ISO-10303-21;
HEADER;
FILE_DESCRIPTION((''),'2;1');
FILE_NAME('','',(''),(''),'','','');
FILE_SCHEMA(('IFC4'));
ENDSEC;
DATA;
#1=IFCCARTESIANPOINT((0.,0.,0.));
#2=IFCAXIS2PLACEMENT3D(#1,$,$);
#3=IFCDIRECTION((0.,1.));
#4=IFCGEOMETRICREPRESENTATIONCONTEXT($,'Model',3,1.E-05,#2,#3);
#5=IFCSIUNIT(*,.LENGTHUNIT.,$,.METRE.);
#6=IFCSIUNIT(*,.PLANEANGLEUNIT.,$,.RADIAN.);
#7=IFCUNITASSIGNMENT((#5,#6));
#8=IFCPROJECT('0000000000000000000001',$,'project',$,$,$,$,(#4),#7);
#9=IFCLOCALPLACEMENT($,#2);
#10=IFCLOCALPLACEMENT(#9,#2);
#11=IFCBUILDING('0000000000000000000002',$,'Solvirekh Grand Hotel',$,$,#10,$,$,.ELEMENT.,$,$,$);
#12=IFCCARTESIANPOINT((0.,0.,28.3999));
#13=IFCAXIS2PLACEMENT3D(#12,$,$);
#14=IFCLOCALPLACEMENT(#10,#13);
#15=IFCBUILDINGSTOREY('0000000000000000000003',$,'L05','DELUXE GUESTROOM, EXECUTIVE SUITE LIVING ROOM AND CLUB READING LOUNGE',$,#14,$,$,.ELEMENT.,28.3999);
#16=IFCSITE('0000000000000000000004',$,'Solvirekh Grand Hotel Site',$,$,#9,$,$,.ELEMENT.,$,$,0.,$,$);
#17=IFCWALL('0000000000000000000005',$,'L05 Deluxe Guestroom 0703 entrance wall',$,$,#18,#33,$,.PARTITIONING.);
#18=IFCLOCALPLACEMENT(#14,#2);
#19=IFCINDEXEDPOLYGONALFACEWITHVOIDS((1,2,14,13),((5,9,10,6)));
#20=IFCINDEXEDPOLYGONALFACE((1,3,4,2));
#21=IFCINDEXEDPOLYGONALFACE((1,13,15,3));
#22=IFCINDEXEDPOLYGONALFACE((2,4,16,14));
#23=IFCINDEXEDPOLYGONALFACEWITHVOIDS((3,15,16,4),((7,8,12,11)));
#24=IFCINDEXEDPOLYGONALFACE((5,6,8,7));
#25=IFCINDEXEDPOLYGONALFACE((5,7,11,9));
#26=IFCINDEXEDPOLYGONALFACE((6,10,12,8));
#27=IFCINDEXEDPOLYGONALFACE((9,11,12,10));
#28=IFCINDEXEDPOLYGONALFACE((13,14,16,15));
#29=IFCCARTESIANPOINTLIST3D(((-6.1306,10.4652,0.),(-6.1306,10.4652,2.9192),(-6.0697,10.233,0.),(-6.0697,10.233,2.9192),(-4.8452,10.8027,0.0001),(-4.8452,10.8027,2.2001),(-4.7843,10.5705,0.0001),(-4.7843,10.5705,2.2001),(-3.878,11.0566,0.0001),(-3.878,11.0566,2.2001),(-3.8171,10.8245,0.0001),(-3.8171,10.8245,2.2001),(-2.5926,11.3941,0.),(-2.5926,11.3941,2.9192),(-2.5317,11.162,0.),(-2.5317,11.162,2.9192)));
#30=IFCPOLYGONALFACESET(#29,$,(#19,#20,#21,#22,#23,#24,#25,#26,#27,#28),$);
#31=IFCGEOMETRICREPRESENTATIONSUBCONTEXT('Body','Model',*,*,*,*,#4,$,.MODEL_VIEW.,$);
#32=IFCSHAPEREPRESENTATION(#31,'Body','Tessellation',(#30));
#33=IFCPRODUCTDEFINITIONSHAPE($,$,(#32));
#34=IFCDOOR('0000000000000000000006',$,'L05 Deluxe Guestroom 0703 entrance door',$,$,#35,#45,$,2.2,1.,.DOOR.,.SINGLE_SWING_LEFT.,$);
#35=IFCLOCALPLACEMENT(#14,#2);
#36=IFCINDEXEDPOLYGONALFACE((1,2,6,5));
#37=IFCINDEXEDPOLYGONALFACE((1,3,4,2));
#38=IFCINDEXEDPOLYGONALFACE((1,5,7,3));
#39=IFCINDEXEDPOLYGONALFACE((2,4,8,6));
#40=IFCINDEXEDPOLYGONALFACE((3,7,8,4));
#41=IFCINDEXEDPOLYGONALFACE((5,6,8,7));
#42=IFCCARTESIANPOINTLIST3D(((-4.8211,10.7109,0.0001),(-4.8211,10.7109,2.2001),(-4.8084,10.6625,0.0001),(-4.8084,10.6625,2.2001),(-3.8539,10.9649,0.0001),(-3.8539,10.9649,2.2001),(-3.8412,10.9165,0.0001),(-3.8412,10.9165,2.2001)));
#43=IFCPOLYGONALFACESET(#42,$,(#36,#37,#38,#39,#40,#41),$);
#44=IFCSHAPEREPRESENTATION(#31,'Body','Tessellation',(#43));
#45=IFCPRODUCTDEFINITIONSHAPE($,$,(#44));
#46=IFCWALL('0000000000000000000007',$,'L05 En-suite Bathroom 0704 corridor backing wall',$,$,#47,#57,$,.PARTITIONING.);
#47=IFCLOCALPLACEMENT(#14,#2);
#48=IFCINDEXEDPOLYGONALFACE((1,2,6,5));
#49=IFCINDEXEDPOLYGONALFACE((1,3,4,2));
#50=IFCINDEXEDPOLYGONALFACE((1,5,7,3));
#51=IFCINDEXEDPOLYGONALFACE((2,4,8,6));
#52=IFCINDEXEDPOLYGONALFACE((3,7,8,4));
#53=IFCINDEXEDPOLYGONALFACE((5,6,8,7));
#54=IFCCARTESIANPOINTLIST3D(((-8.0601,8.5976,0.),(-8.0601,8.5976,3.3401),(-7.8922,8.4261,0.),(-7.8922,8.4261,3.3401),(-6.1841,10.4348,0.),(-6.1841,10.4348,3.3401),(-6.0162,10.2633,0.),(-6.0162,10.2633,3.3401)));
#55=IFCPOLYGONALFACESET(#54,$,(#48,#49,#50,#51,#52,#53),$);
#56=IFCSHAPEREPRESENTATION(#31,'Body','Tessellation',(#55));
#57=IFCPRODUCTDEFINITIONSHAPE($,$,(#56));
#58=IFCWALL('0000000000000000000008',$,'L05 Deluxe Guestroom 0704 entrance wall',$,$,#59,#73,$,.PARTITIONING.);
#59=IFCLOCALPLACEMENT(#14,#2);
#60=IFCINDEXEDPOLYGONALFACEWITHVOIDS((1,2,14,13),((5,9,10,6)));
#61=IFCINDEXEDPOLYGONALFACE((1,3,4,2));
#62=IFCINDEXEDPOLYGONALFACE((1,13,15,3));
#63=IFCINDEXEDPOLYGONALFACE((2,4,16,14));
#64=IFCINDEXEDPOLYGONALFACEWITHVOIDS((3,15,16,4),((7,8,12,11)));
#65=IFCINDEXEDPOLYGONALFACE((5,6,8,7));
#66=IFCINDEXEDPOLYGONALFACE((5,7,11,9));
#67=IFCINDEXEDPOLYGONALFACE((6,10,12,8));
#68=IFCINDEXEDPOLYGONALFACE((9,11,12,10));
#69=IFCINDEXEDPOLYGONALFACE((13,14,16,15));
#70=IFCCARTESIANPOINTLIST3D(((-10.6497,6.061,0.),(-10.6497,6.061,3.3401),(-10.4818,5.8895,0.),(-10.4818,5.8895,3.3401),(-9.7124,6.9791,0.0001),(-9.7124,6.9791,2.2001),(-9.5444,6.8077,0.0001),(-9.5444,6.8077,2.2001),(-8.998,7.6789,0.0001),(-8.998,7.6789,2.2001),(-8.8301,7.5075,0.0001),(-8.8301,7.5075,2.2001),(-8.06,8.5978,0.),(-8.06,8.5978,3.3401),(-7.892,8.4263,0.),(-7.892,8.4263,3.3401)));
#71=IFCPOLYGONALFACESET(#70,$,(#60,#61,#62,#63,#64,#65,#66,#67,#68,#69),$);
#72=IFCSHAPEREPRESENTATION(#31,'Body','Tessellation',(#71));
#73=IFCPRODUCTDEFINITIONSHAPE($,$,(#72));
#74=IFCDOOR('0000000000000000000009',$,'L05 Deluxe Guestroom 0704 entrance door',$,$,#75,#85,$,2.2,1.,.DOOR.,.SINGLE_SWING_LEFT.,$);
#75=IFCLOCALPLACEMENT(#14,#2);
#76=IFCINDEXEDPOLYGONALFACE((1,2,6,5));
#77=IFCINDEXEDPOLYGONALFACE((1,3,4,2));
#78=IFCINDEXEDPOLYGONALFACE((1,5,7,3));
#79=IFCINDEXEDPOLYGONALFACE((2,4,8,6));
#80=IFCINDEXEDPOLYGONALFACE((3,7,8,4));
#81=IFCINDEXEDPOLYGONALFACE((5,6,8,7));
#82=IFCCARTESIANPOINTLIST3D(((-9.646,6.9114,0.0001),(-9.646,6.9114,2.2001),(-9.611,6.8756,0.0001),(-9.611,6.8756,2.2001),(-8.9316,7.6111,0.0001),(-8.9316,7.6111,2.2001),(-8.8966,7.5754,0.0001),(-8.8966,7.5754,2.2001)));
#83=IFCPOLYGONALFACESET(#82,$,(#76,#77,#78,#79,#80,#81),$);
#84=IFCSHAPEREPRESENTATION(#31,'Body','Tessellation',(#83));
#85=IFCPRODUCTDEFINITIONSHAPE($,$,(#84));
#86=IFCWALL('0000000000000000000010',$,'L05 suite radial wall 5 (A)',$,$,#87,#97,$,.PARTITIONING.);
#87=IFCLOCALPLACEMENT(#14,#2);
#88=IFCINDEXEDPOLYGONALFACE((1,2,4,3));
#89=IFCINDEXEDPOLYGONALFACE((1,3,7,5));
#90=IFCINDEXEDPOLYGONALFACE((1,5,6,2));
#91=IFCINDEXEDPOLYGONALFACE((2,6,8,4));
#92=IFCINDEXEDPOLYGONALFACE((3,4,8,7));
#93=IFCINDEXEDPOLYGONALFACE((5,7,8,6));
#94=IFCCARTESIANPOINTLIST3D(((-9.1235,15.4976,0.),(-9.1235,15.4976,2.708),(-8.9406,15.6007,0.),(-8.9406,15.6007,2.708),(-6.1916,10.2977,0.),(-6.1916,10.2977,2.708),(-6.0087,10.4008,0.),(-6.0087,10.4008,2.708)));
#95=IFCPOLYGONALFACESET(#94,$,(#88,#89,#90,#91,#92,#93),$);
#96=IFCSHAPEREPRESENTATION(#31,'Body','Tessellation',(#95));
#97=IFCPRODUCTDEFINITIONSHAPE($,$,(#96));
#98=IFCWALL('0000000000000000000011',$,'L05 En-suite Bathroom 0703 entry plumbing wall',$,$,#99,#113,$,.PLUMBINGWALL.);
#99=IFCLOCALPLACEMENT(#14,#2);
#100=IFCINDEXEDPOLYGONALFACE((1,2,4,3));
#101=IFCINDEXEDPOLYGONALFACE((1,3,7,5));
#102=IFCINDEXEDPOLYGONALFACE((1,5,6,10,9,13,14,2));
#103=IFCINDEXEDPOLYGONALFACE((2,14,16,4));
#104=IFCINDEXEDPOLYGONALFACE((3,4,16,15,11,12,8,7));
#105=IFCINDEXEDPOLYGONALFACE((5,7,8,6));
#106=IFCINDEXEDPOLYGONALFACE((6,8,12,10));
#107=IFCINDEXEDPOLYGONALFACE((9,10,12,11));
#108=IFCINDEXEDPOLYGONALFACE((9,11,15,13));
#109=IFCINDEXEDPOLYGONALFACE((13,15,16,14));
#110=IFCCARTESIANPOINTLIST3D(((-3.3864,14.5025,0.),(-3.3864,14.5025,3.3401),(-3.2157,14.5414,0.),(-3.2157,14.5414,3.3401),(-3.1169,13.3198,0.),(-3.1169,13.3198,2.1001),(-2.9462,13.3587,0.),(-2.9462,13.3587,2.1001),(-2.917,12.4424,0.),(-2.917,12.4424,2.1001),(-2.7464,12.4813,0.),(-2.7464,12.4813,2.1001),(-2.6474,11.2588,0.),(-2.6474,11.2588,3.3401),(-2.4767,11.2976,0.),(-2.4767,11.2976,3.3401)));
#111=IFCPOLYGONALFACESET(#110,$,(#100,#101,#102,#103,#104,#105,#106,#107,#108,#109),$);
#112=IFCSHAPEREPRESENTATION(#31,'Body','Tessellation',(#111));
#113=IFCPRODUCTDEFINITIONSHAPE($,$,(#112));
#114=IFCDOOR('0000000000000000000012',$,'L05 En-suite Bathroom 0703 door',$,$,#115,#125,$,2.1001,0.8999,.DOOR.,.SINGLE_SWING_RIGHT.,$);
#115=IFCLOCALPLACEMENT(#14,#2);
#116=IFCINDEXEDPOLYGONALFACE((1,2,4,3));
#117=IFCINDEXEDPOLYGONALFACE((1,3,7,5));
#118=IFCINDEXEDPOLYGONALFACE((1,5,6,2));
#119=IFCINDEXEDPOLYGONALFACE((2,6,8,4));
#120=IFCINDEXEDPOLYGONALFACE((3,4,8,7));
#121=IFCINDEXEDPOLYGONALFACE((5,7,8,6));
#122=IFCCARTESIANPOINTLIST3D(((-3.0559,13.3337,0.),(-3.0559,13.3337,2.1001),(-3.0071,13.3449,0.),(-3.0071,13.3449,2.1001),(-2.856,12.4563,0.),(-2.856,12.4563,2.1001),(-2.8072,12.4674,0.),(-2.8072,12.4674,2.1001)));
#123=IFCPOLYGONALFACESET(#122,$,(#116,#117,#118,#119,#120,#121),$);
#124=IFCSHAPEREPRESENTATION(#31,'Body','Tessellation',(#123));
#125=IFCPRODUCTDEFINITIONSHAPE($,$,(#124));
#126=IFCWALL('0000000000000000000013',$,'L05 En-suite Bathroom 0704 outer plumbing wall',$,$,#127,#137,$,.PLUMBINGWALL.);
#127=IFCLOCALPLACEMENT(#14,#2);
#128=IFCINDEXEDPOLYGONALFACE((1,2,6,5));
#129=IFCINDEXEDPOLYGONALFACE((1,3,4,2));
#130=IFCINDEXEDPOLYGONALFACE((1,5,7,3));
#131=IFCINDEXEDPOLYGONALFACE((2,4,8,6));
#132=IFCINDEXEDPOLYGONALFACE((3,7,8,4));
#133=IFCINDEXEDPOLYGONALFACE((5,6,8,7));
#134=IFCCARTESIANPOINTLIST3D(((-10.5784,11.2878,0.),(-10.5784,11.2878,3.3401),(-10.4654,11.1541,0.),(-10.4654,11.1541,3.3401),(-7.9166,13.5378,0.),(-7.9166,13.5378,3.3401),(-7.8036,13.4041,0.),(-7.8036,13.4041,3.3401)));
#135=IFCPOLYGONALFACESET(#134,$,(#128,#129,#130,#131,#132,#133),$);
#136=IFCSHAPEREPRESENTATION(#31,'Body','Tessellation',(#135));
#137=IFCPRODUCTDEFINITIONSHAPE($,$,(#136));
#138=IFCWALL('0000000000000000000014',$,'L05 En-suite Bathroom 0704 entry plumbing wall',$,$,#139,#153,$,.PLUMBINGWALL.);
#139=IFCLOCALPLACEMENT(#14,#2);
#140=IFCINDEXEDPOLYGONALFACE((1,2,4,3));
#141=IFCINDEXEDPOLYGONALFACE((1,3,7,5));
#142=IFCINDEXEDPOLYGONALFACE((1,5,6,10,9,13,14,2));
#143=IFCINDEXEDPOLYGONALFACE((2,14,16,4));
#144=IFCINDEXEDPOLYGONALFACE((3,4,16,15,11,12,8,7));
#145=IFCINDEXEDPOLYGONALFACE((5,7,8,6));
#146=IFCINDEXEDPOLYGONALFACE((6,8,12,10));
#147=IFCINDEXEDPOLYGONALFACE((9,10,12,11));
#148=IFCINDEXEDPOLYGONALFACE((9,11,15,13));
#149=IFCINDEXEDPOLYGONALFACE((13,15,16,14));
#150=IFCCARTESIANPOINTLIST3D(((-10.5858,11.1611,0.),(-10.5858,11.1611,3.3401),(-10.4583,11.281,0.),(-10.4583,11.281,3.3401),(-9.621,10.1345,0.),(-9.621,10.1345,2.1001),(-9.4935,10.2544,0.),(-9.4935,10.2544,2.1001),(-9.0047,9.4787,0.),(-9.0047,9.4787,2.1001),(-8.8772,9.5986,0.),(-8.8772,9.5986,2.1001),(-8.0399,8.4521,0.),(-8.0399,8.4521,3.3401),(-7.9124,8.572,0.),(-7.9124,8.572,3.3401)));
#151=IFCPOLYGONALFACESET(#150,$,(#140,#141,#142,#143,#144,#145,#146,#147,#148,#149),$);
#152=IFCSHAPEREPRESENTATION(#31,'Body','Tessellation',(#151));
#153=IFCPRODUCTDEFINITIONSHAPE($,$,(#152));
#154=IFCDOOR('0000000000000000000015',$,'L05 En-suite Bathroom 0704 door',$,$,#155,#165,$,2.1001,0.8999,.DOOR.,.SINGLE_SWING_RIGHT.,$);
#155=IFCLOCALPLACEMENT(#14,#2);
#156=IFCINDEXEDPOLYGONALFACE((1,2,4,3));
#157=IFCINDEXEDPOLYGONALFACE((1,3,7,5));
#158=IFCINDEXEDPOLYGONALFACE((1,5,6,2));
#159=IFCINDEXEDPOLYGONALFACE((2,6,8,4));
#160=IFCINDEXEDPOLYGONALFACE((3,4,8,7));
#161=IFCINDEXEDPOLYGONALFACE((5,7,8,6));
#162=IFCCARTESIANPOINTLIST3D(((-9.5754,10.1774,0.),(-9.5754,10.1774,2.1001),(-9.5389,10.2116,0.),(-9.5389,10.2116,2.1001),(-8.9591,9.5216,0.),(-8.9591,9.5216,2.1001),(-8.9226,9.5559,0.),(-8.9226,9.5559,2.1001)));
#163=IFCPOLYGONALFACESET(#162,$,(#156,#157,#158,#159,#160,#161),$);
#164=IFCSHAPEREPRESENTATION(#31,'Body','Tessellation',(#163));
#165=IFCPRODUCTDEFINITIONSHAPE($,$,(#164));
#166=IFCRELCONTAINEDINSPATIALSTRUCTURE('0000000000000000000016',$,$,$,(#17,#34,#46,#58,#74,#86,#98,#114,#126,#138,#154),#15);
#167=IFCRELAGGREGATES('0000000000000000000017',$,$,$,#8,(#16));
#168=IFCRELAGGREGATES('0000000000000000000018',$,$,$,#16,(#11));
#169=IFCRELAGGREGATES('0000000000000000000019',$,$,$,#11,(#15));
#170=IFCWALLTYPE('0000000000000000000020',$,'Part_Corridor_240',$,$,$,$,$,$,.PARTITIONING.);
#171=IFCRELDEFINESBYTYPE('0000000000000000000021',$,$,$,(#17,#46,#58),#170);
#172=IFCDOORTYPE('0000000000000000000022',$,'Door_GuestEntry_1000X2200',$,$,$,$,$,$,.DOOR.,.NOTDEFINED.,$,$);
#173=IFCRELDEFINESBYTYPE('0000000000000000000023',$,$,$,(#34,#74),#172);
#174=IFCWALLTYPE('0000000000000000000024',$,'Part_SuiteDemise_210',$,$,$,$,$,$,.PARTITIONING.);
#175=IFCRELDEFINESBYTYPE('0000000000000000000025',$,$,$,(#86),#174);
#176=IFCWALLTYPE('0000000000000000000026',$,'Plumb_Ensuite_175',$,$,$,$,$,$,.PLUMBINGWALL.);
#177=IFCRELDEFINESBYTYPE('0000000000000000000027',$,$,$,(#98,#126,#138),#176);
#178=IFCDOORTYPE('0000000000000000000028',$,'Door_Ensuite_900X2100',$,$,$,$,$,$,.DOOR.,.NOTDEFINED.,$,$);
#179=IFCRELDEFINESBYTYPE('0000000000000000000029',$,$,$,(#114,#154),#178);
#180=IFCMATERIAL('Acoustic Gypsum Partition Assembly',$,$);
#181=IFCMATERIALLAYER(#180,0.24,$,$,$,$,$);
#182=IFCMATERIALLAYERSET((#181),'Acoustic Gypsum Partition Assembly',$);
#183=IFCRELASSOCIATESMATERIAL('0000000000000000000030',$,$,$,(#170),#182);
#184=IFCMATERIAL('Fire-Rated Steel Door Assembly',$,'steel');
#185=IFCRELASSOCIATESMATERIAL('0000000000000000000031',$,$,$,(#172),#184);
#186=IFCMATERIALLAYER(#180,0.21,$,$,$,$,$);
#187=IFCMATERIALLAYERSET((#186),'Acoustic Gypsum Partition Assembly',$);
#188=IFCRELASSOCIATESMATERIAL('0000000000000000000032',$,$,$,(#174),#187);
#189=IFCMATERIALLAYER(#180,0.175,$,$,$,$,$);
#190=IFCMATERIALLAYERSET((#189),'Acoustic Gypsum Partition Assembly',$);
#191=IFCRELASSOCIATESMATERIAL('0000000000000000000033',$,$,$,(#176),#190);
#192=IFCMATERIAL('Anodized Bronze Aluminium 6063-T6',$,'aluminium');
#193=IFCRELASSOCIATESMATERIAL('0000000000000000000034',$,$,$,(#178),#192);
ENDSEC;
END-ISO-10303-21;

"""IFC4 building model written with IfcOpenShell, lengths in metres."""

from ifc_helpers import new_model, si_unit, direction, frame, frame_2d, origin, place, context, subcontext, project, spatial, rectangle, extrude, material, layer, layer_set, type_object, element, fill, save


model = new_model("IFC4")

# Units and contexts
model_context = context("Model", 3, precision=1e-05, world=origin(), true_north=direction((0.0, 1.0)))
body_context = subcontext(model_context, "Body", "Model", "MODEL_VIEW")
ifc_project = project(units=[si_unit("LENGTHUNIT", "METRE"), si_unit("PLANEANGLEUNIT", "RADIAN")], contexts=[model_context])

# Site, building, storey
site_placement = place(None, origin())
site = spatial("IfcSite", under=ifc_project, at=site_placement, Name="Solvirekh Grand Hotel Site", CompositionType="ELEMENT", RefElevation=0.0)
building_placement = place(site_placement, origin())
building = spatial("IfcBuilding", under=site, at=building_placement, Name="Solvirekh Grand Hotel", CompositionType="ELEMENT")
storey_placement = place(building_placement, frame((0.0, 0.0, 28.3999)))
storey = spatial("IfcBuildingStorey", under=building, at=storey_placement, Name="L05", Description="DELUXE GUESTROOM, EXECUTIVE SUITE LIVING ROOM AND CLUB READING LOUNGE", CompositionType="ELEMENT", Elevation=28.3999)

# Wall, opening, door
ifc_material_1 = material(Name="Acoustic Gypsum Partition Assembly")
ifc_layer_1 = layer(ifc_material_1, 0.24)
ifc_layer_set_1 = layer_set([ifc_layer_1], Name="Acoustic Gypsum Partition Assembly")
wall_type_1 = type_object("IfcWallType", Name="Part_Corridor_240", PredefinedType="PARTITIONING", material=ifc_layer_set_1)
wall_1_placement = place(storey_placement, frame((-2.562, 11.2781, 0.0), z_axis=(0.0, 0.0, 1.0), x_axis=(-0.967217, -0.253951, 0.0)))
wall_1 = element("IfcWall", 1, at=wall_1_placement, inside=storey, type_object=wall_type_1, Name="L05 Deluxe Guestroom 0703 entrance wall", PredefinedType="PARTITIONING", context=body_context, shape_type="SweptSolid", body=[
    extrude(rectangle(XDim=3.658, YDim=0.24, at=frame_2d((1.8291, 0.0))), origin(), (0.0, 0.0, 1.0), 2.9192),
])
opening_1_placement = place(wall_1_placement, frame((1.3291, 0.0, 0.0)))
opening_1 = element("IfcOpeningElement", 2, at=opening_1_placement, cuts=wall_1, PredefinedType="OPENING", context=body_context, shape_type="SweptSolid", body=[
    extrude(rectangle(XDim=1.0, YDim=2.2, at=frame_2d((0.5, 1.1001))), frame((0.0, 0.1299, 0.0), z_axis=(0.0, -1.0, 0.0), x_axis=(1.0, 0.0, 0.0)), (0.0, 0.0, 1.0), 0.26),
])
ifc_material_2 = material(Name="Fire-Rated Steel Door Assembly", Category="steel")
door_type_1 = type_object("IfcDoorType", Name="Door_GuestEntry_1000X2200", OperationType="NOTDEFINED", PredefinedType="DOOR", material=ifc_material_2)
door_1_placement = place(opening_1_placement, origin())
door_1 = element("IfcDoor", 3, at=door_1_placement, inside=storey, type_object=door_type_1, Name="L05 Deluxe Guestroom 0703 entrance door", OperationType="SINGLE_SWING_LEFT", OverallHeight=2.2, OverallWidth=1.0, PredefinedType="DOOR", context=body_context, shape_type="SweptSolid", body=[
    extrude(rectangle(XDim=1.0, YDim=2.2, at=frame_2d((0.5, 1.1001))), frame((0.0, 0.0249, 0.0), z_axis=(0.0, -1.0, 0.0), x_axis=(1.0, 0.0, 0.0)), (0.0, 0.0, 1.0), 0.05),
])
fill(opening_1, door_1)

# Wall
wall_2_placement = place(storey_placement, frame((-6.1001, 10.3491, 0.0), z_axis=(0.0, 0.0, 1.0), x_axis=(-0.71446, -0.699676, 0.0)))
element("IfcWall", 4, at=wall_2_placement, inside=storey, type_object=wall_type_1, Name="L05 En-suite Bathroom 0704 corridor backing wall", PredefinedType="PARTITIONING", context=body_context, shape_type="SweptSolid", body=[
    extrude(rectangle(XDim=2.6257, YDim=0.24, at=frame_2d((1.313, 0.0))), origin(), (0.0, 0.0, 1.0), 3.3401),
])

# Wall, opening, door
wall_3_placement = place(storey_placement, frame((-7.9761, 8.512, 0.0), z_axis=(0.0, 0.0, 1.0), x_axis=(-0.714376, -0.699762, 0.0)))
wall_3 = element("IfcWall", 5, at=wall_3_placement, inside=storey, type_object=wall_type_1, Name="L05 Deluxe Guestroom 0704 entrance wall", PredefinedType="PARTITIONING", context=body_context, shape_type="SweptSolid", body=[
    extrude(rectangle(XDim=3.6252, YDim=0.24, at=frame_2d((1.8125, 0.0))), origin(), (0.0, 0.0, 1.0), 3.3401),
])
opening_2_placement = place(wall_3_placement, frame((1.313, 0.0, 0.0)))
opening_2 = element("IfcOpeningElement", 6, at=opening_2_placement, cuts=wall_3, PredefinedType="OPENING", context=body_context, shape_type="SweptSolid", body=[
    extrude(rectangle(XDim=1.0, YDim=2.2, at=frame_2d((0.5, 1.1001))), frame((0.0, 0.1299, 0.0), z_axis=(0.0, -1.0, 0.0), x_axis=(1.0, 0.0, 0.0)), (0.0, 0.0, 1.0), 0.26),
])
door_2_placement = place(opening_2_placement, origin())
door_2 = element("IfcDoor", 7, at=door_2_placement, inside=storey, type_object=door_type_1, Name="L05 Deluxe Guestroom 0704 entrance door", OperationType="SINGLE_SWING_LEFT", OverallHeight=2.2, OverallWidth=1.0, PredefinedType="DOOR", context=body_context, shape_type="SweptSolid", body=[
    extrude(rectangle(XDim=1.0, YDim=2.2, at=frame_2d((0.5, 1.1001))), frame((0.0, 0.0249, 0.0), z_axis=(0.0, -1.0, 0.0), x_axis=(1.0, 0.0, 0.0)), (0.0, 0.0, 1.0), 0.05),
])
fill(opening_2, door_2)

# Wall
ifc_layer_2 = layer(ifc_material_1, 0.21)
ifc_layer_set_2 = layer_set([ifc_layer_2], Name="Acoustic Gypsum Partition Assembly")
wall_type_2 = type_object("IfcWallType", Name="Part_SuiteDemise_210", PredefinedType="PARTITIONING", material=ifc_layer_set_2)
wall_4_placement = place(storey_placement, frame((-6.1001, 10.3491, 0.0), z_axis=(0.0, 0.0, 1.0), x_axis=(-0.491141, 0.87108, 0.0)))
element("IfcWall", 8, at=wall_4_placement, inside=storey, type_object=wall_type_2, Name="L05 suite radial wall 5 (A)", PredefinedType="PARTITIONING", context=body_context, shape_type="SweptSolid", body=[
    extrude(rectangle(XDim=5.9695, YDim=0.21, at=frame_2d((2.9849, 0.0))), origin(), (0.0, 0.0, 1.0), 2.708),
])

# Wall, opening, door
ifc_layer_3 = layer(ifc_material_1, 0.175)
ifc_layer_set_3 = layer_set([ifc_layer_3], Name="Acoustic Gypsum Partition Assembly")
wall_type_3 = type_object("IfcWallType", Name="Plumb_Ensuite_175", PredefinedType="PLUMBINGWALL", material=ifc_layer_set_3)
wall_5_placement = place(storey_placement, frame((-2.562, 11.2781, 0.0), z_axis=(0.0, 0.0, 1.0), x_axis=(-0.222125, 0.975018, 0.0)))
wall_5 = element("IfcWall", 9, at=wall_5_placement, inside=storey, type_object=wall_type_3, Name="L05 En-suite Bathroom 0703 entry plumbing wall", PredefinedType="PLUMBINGWALL", context=body_context, shape_type="SweptSolid", body=[
    extrude(rectangle(XDim=3.3269, YDim=0.175, at=frame_2d((1.6636, 0.0))), origin(), (0.0, 0.0, 1.0), 3.3401),
])
opening_3_placement = place(wall_5_placement, frame((1.2141, 0.0, 0.0)))
opening_3 = element("IfcOpeningElement", 10, at=opening_3_placement, cuts=wall_5, PredefinedType="OPENING", context=body_context, shape_type="SweptSolid", body=[
    extrude(rectangle(XDim=0.8999, YDim=2.1001, at=frame_2d((0.45, 1.05))), frame((0.0, 0.0977, 0.0), z_axis=(0.0, -1.0, 0.0), x_axis=(1.0, 0.0, 0.0)), (0.0, 0.0, 1.0), 0.1951),
])
ifc_material_3 = material(Name="Anodized Bronze Aluminium 6063-T6", Category="aluminium")
door_type_2 = type_object("IfcDoorType", Name="Door_Ensuite_900X2100", OperationType="NOTDEFINED", PredefinedType="DOOR", material=ifc_material_3)
door_3_placement = place(opening_3_placement, origin())
door_3 = element("IfcDoor", 11, at=door_3_placement, inside=storey, type_object=door_type_2, Name="L05 En-suite Bathroom 0703 door", OperationType="SINGLE_SWING_RIGHT", OverallHeight=2.1001, OverallWidth=0.8999, PredefinedType="DOOR", context=body_context, shape_type="SweptSolid", body=[
    extrude(rectangle(XDim=0.8999, YDim=2.1001, at=frame_2d((0.45, 1.05))), frame((0.0, 0.0249, 0.0), z_axis=(0.0, -1.0, 0.0), x_axis=(1.0, 0.0, 0.0)), (0.0, 0.0, 1.0), 0.05),
])
fill(opening_3, door_3)

# Wall
wall_6_placement = place(storey_placement, frame((-7.8601, 13.4709, 0.0), z_axis=(0.0, 0.0, 1.0), x_axis=(-0.763718, -0.64555, 0.0)))
element("IfcWall", 12, at=wall_6_placement, inside=storey, type_object=wall_type_3, Name="L05 En-suite Bathroom 0704 outer plumbing wall", PredefinedType="PLUMBINGWALL", context=body_context, shape_type="SweptSolid", body=[
    extrude(rectangle(XDim=3.4854, YDim=0.175, at=frame_2d((1.7427, 0.0))), origin(), (0.0, 0.0, 1.0), 3.3401),
])

# Wall, opening, door
wall_7_placement = place(storey_placement, frame((-7.9761, 8.512, 0.0), z_axis=(0.0, 0.0, 1.0), x_axis=(-0.684832, 0.728701, 0.0)))
wall_7 = element("IfcWall", 13, at=wall_7_placement, inside=storey, type_object=wall_type_3, Name="L05 En-suite Bathroom 0704 entry plumbing wall", PredefinedType="PLUMBINGWALL", context=body_context, shape_type="SweptSolid", body=[
    extrude(rectangle(XDim=3.7175, YDim=0.175, at=frame_2d((1.8589, 0.0))), origin(), (0.0, 0.0, 1.0), 3.3401),
])
opening_4_placement = place(wall_7_placement, frame((1.4089, 0.0, 0.0)))
opening_4 = element("IfcOpeningElement", 14, at=opening_4_placement, cuts=wall_7, PredefinedType="OPENING", context=body_context, shape_type="SweptSolid", body=[
    extrude(rectangle(XDim=0.8999, YDim=2.1001, at=frame_2d((0.45, 1.05))), frame((0.0, 0.0977, 0.0), z_axis=(0.0, -1.0, 0.0), x_axis=(1.0, 0.0, 0.0)), (0.0, 0.0, 1.0), 0.1951),
])
door_4_placement = place(opening_4_placement, origin())
door_4 = element("IfcDoor", 15, at=door_4_placement, inside=storey, type_object=door_type_2, Name="L05 En-suite Bathroom 0704 door", OperationType="SINGLE_SWING_RIGHT", OverallHeight=2.1001, OverallWidth=0.8999, PredefinedType="DOOR", context=body_context, shape_type="SweptSolid", body=[
    extrude(rectangle(XDim=0.8999, YDim=2.1001, at=frame_2d((0.45, 1.05))), frame((0.0, 0.0249, 0.0), z_axis=(0.0, -1.0, 0.0), x_axis=(1.0, 0.0, 0.0)), (0.0, 0.0, 1.0), 0.05),
])
fill(opening_4, door_4)

save(model, "model.ifc")
